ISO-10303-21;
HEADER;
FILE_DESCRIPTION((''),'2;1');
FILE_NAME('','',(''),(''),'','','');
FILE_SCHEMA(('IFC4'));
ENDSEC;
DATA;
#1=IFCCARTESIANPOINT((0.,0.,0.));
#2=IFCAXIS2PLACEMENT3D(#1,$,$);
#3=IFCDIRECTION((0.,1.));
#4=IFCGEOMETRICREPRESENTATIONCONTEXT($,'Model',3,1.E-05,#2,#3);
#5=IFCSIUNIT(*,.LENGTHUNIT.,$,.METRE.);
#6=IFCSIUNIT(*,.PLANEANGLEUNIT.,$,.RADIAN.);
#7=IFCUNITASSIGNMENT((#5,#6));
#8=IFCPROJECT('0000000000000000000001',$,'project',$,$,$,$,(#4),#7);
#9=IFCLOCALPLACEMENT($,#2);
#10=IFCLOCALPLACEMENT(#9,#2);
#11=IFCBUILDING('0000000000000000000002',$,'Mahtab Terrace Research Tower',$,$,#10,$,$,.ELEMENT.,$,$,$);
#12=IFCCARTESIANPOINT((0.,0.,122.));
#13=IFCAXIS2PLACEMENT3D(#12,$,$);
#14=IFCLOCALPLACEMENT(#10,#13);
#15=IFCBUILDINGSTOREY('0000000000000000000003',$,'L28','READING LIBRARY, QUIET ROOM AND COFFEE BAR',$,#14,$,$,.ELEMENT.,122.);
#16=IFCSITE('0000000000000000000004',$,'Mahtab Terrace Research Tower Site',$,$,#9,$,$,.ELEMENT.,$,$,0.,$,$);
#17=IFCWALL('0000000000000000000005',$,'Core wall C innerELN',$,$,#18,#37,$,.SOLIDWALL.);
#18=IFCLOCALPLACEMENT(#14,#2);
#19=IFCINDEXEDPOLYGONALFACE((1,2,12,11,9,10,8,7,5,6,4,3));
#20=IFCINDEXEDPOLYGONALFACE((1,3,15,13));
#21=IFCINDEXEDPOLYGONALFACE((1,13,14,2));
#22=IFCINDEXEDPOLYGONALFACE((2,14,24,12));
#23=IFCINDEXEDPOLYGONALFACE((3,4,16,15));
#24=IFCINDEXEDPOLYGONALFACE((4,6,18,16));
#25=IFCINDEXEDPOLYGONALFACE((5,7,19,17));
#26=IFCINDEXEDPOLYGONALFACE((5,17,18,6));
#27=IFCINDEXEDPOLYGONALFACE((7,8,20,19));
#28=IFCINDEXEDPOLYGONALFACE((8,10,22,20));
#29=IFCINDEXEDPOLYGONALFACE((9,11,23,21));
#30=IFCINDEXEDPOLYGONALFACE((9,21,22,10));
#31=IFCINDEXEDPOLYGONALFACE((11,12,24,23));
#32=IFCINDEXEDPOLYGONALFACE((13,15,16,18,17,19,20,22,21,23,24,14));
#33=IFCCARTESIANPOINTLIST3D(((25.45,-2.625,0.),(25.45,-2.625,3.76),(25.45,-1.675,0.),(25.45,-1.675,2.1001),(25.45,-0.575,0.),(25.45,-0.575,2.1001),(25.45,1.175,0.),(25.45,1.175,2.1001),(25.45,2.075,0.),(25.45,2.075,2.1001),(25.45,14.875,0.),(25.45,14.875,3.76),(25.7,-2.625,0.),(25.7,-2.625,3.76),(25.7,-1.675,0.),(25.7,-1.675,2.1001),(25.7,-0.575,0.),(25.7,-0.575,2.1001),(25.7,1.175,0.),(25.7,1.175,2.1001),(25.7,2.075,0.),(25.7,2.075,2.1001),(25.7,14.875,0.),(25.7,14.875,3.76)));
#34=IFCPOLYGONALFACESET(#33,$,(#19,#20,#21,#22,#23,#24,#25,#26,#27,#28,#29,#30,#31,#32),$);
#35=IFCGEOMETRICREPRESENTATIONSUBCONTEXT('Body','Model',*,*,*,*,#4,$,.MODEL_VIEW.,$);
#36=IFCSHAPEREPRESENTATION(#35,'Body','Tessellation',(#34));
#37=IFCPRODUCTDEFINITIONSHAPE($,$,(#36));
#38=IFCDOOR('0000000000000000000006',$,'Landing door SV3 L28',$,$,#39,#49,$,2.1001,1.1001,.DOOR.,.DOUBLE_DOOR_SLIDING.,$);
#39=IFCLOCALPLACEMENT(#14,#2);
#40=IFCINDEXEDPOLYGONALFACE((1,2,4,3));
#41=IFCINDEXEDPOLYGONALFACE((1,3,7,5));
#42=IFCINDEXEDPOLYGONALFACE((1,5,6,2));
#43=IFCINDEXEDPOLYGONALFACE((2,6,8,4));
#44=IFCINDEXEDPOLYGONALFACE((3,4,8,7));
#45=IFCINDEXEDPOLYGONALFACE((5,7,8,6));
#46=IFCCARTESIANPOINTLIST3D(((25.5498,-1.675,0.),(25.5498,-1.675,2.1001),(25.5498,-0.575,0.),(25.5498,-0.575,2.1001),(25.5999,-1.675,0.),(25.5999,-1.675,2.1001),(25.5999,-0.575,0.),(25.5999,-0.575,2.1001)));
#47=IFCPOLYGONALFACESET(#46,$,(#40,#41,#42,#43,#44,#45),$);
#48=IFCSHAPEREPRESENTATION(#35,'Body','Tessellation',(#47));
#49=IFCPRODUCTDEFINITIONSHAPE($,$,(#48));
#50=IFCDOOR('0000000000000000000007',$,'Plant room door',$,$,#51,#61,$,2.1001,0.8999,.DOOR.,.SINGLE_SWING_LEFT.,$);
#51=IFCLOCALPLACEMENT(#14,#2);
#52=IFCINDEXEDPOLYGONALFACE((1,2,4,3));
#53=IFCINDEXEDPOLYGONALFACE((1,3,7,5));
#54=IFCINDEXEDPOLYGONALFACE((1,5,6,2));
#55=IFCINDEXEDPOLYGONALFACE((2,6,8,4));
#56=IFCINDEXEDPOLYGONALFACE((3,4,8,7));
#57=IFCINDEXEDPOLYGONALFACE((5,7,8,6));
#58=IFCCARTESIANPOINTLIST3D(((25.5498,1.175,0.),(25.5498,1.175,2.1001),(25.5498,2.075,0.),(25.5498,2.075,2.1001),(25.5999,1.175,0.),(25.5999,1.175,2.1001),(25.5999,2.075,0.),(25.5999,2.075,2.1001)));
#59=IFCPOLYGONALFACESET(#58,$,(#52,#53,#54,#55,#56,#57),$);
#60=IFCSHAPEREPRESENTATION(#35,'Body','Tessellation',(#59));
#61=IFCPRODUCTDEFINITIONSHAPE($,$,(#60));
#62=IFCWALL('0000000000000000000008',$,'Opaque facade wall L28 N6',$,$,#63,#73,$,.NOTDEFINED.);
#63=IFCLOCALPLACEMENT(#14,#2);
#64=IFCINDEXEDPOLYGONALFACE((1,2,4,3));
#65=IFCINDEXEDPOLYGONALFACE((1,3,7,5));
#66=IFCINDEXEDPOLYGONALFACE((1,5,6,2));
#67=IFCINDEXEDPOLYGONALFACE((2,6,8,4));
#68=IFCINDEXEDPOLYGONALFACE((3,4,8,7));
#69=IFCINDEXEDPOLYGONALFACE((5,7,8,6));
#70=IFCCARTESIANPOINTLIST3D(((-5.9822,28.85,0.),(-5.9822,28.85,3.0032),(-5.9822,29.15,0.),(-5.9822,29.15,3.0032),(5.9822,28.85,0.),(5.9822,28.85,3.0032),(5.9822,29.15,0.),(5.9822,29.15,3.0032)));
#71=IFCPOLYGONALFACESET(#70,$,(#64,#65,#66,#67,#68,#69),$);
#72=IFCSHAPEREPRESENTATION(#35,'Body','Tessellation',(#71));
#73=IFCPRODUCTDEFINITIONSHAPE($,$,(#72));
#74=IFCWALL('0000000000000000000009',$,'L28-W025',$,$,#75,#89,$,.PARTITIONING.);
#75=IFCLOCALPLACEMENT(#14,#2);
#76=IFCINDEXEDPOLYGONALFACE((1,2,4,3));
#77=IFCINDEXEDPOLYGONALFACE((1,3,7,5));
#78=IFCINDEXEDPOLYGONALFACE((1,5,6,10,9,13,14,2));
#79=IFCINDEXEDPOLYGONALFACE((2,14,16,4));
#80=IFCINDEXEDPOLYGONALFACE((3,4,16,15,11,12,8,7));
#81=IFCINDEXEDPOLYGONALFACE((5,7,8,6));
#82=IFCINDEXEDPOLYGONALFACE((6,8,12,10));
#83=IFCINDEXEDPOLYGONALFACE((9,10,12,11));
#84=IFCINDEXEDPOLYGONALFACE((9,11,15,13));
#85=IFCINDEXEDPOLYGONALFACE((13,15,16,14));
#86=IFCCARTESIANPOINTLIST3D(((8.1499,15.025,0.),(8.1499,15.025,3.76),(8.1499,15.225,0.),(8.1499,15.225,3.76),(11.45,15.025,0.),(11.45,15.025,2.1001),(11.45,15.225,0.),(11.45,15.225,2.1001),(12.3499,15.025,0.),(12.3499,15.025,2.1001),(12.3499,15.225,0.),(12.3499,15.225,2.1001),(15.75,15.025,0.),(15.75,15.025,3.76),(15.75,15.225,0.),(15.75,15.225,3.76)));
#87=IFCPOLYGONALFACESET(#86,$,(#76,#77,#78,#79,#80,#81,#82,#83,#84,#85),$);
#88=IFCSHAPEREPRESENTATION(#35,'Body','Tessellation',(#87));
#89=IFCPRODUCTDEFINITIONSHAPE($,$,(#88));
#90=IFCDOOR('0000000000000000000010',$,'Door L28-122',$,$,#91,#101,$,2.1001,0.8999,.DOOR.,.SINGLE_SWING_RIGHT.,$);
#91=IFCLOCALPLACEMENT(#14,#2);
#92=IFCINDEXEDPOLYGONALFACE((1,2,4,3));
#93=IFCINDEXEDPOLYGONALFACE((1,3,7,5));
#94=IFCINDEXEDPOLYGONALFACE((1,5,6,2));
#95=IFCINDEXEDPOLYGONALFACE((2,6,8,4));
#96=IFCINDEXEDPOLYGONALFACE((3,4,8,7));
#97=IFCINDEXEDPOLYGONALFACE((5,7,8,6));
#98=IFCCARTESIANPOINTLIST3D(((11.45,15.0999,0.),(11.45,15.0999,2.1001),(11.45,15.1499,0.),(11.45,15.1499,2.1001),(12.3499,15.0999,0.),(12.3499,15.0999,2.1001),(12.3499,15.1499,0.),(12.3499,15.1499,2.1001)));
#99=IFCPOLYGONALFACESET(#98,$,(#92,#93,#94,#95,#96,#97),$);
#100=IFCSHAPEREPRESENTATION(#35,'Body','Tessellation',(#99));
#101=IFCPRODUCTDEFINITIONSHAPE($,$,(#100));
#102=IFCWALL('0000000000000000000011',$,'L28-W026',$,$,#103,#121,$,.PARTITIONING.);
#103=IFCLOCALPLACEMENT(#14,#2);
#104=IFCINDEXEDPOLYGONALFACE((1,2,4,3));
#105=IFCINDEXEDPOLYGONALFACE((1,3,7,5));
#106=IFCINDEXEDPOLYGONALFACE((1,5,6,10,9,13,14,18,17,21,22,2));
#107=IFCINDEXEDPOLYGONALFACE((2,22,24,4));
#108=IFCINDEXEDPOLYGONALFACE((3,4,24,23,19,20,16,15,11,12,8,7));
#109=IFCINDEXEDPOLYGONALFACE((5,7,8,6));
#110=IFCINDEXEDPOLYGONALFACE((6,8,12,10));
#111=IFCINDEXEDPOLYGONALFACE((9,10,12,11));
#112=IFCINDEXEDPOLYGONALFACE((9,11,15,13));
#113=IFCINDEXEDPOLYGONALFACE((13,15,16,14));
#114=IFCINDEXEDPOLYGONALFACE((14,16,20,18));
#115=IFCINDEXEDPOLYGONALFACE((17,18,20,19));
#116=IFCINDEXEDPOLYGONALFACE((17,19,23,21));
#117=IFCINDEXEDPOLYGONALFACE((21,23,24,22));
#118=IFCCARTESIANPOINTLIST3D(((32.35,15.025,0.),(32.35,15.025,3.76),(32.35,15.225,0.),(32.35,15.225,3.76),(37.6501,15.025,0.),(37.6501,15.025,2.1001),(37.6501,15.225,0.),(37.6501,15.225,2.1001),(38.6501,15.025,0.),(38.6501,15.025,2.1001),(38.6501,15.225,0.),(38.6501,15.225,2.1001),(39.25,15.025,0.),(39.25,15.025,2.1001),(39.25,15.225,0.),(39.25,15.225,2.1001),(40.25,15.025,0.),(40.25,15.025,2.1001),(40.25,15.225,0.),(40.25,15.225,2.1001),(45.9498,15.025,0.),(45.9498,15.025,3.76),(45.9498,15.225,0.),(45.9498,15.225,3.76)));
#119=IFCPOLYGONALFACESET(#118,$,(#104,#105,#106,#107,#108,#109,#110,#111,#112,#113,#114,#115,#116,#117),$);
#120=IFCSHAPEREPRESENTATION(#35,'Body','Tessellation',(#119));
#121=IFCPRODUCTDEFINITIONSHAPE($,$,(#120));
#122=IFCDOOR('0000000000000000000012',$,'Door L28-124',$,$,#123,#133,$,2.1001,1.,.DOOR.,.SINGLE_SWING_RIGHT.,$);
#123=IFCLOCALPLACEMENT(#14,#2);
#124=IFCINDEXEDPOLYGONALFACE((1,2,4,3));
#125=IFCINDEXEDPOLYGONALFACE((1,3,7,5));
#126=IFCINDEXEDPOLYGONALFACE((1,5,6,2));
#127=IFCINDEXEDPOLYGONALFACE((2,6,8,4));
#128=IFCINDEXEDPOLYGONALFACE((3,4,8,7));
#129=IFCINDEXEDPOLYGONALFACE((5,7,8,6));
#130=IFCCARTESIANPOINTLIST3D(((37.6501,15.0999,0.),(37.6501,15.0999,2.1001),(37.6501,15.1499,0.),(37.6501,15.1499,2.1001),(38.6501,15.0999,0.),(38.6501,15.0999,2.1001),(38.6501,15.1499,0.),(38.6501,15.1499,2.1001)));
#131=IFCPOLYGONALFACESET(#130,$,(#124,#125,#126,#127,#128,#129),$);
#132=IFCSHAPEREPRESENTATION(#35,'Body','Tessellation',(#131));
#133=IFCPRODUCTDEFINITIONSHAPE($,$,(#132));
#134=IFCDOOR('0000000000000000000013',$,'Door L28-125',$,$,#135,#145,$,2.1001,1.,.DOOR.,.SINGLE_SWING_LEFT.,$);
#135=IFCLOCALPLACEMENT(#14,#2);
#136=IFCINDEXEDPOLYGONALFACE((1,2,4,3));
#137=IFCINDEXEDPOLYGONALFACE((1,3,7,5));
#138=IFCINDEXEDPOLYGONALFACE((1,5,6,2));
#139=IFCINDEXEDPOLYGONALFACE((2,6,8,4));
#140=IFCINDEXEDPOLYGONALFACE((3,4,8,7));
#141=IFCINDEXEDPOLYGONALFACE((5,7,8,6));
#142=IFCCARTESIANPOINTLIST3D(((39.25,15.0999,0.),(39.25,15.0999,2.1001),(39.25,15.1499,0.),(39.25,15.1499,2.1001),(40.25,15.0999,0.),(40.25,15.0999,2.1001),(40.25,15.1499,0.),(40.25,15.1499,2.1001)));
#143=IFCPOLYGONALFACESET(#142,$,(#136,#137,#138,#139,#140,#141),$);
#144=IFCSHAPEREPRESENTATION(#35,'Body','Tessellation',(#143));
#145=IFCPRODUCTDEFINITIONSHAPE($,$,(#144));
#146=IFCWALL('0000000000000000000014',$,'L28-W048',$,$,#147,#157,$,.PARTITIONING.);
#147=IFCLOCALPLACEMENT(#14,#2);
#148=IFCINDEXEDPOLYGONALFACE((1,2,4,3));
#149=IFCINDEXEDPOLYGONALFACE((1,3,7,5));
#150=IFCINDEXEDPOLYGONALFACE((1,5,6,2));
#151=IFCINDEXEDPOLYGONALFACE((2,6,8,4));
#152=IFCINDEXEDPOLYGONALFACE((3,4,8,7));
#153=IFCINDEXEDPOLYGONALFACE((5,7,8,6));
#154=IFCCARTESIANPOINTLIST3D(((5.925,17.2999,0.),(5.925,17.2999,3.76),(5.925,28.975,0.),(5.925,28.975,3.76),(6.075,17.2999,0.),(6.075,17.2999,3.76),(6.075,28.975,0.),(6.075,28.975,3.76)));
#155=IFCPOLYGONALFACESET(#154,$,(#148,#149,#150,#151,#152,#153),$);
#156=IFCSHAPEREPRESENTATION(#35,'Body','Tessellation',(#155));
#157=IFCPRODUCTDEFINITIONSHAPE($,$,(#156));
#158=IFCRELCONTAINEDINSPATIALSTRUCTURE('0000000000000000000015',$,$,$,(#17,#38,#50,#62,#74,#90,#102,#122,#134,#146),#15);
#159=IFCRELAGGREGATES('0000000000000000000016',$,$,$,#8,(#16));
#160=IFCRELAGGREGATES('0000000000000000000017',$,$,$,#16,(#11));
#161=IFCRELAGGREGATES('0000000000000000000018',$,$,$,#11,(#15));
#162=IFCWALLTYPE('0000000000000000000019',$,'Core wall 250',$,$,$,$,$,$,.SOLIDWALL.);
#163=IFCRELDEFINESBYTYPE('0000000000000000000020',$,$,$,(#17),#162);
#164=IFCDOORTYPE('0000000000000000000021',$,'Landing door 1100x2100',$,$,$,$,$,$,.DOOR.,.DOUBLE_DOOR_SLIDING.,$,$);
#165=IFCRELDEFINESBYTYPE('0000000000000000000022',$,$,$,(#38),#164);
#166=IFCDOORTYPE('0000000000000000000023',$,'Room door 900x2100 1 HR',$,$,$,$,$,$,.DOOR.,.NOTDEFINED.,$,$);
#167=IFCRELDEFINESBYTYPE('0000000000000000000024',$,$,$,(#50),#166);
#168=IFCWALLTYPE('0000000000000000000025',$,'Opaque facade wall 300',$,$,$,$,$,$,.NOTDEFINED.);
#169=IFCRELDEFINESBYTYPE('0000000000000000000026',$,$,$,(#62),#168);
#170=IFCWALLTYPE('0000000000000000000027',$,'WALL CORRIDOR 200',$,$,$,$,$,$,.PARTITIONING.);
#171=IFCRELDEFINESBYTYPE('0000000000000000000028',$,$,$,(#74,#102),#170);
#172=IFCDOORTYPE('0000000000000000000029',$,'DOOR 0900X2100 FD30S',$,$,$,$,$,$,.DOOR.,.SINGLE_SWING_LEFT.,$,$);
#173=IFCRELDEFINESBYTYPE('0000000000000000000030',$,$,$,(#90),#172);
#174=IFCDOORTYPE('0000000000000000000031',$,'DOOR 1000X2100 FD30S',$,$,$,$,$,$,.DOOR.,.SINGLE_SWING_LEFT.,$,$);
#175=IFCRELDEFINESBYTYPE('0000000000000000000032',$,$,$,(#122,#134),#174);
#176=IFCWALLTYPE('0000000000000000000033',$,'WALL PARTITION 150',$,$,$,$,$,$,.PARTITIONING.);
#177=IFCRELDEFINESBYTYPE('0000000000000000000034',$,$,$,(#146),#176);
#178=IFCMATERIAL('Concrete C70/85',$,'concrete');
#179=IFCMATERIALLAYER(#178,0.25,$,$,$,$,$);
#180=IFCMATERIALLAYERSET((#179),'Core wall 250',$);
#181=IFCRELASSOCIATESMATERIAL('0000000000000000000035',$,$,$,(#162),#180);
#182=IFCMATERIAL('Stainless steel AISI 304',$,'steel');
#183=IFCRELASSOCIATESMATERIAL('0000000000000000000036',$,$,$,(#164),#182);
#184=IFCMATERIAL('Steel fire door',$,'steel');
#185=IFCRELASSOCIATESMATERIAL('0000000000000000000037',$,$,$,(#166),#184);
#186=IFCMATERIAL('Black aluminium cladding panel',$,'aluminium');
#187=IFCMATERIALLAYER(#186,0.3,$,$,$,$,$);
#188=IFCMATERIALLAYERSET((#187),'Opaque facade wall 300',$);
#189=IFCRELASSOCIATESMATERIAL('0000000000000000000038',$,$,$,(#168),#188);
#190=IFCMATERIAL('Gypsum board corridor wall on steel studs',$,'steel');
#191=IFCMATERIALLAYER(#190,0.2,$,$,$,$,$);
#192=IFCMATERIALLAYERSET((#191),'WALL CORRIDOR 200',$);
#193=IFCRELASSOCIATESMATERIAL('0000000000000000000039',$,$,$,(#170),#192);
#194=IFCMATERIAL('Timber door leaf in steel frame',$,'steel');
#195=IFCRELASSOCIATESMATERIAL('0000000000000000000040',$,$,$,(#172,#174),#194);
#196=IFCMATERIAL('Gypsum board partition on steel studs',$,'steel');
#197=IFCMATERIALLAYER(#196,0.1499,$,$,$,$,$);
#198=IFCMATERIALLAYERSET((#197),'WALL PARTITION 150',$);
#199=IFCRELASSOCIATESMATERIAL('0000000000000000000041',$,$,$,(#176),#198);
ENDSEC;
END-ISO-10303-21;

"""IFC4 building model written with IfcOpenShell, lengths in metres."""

from ifc_helpers import new_model, si_unit, direction, frame, frame_2d, origin, place, context, subcontext, project, spatial, rectangle, extrude, material, layer, layer_set, type_object, element, fill, save


model = new_model("IFC4")

# Units and contexts
model_context = context("Model", 3, precision=1e-05, world=origin(), true_north=direction((0.0, 1.0)))
body_context = subcontext(model_context, "Body", "Model", "MODEL_VIEW")
ifc_project = project(units=[si_unit("LENGTHUNIT", "METRE"), si_unit("PLANEANGLEUNIT", "RADIAN")], contexts=[model_context])

# Site, building, storey
site_placement = place(None, origin())
site = spatial("IfcSite", under=ifc_project, at=site_placement, Name="Mahtab Terrace Research Tower Site", CompositionType="ELEMENT", RefElevation=0.0)
building_placement = place(site_placement, origin())
building = spatial("IfcBuilding", under=site, at=building_placement, Name="Mahtab Terrace Research Tower", CompositionType="ELEMENT")
storey_placement = place(building_placement, frame((0.0, 0.0, 122.0)))
storey = spatial("IfcBuildingStorey", under=building, at=storey_placement, Name="L28", Description="READING LIBRARY, QUIET ROOM AND COFFEE BAR", CompositionType="ELEMENT", Elevation=122.0)

# Shared definitions
ifc_material_1 = material(Name="Concrete C70/85", Category="concrete")
ifc_layer_1 = layer(ifc_material_1, 0.25)
ifc_layer_set_1 = layer_set([ifc_layer_1], Name="Core wall 250")
wall_type_1 = type_object("IfcWallType", Name="Core wall 250", PredefinedType="SOLIDWALL", material=ifc_layer_set_1)

# Shared definitions
ifc_material_2 = material(Name="Steel fire door", Category="steel")

# Wall, openings, doors
wall_1_placement = place(storey_placement, frame((25.575, 14.875, 0.0), z_axis=(0.0, 0.0, 1.0), x_axis=(0.0, -1.0, 0.0)))
wall_1 = element("IfcWall", 1, at=wall_1_placement, inside=storey, type_object=wall_type_1, Name="Core wall C innerELN", PredefinedType="SOLIDWALL", context=body_context, shape_type="SweptSolid", body=[
    extrude(rectangle(XDim=17.5, YDim=0.25, at=frame_2d((8.75, 0.0))), origin(), (0.0, 0.0, 1.0), 3.76),
])
opening_1_placement = place(wall_1_placement, frame((15.45, 0.0, 0.0)))
opening_1 = element("IfcOpeningElement", 2, at=opening_1_placement, cuts=wall_1, PredefinedType="OPENING", context=body_context, shape_type="SweptSolid", body=[
    extrude(rectangle(XDim=1.1001, YDim=2.1001, at=frame_2d((0.55, 1.05))), frame((0.0, 0.135, 0.0), z_axis=(0.0, -1.0, 0.0), x_axis=(1.0, 0.0, 0.0)), (0.0, 0.0, 1.0), 0.27),
])
opening_2_placement = place(wall_1_placement, frame((12.8, 0.0, 0.0)))
opening_2 = element("IfcOpeningElement", 3, at=opening_2_placement, cuts=wall_1, PredefinedType="OPENING", context=body_context, shape_type="SweptSolid", body=[
    extrude(rectangle(XDim=0.8999, YDim=2.1001, at=frame_2d((0.45, 1.05))), frame((0.0, 0.135, 0.0), z_axis=(0.0, -1.0, 0.0), x_axis=(1.0, 0.0, 0.0)), (0.0, 0.0, 1.0), 0.27),
])
ifc_material_3 = material(Name="Stainless steel AISI 304", Category="steel")
door_type_1 = type_object("IfcDoorType", Name="Landing door 1100x2100", OperationType="DOUBLE_DOOR_SLIDING", PredefinedType="DOOR", material=ifc_material_3)
door_1_placement = place(opening_1_placement, origin())
door_1 = element("IfcDoor", 4, at=door_1_placement, inside=storey, type_object=door_type_1, Name="Landing door SV3 L28", OperationType="DOUBLE_DOOR_SLIDING", OverallHeight=2.1001, OverallWidth=1.1001, PredefinedType="DOOR", context=body_context, shape_type="SweptSolid", body=[
    extrude(rectangle(XDim=1.1001, YDim=2.1001, at=frame_2d((0.55, 1.05))), frame((0.0, 0.0249, 0.0), z_axis=(0.0, -1.0, 0.0), x_axis=(1.0, 0.0, 0.0)), (0.0, 0.0, 1.0), 0.05),
])
fill(opening_1, door_1)
door_type_2 = type_object("IfcDoorType", Name="Room door 900x2100 1 HR", OperationType="NOTDEFINED", PredefinedType="DOOR", material=ifc_material_2)
door_2_placement = place(opening_2_placement, origin())
door_2 = element("IfcDoor", 5, at=door_2_placement, inside=storey, type_object=door_type_2, Name="Plant room door", OperationType="SINGLE_SWING_LEFT", OverallHeight=2.1001, OverallWidth=0.8999, PredefinedType="DOOR", context=body_context, shape_type="SweptSolid", body=[
    extrude(rectangle(XDim=0.8999, YDim=2.1001, at=frame_2d((0.45, 1.05))), frame((0.0, 0.0249, 0.0), z_axis=(0.0, -1.0, 0.0), x_axis=(1.0, 0.0, 0.0)), (0.0, 0.0, 1.0), 0.05),
])
fill(opening_2, door_2)

# Wall
ifc_material_4 = material(Name="Black aluminium cladding panel", Category="aluminium")
ifc_layer_2 = layer(ifc_material_4, 0.3)
ifc_layer_set_2 = layer_set([ifc_layer_2], Name="Opaque facade wall 300")
wall_type_2 = type_object("IfcWallType", Name="Opaque facade wall 300", PredefinedType="NOTDEFINED", material=ifc_layer_set_2)
wall_2_placement = place(storey_placement, frame((5.9822, 29.0, 0.0), z_axis=(0.0, 0.0, 1.0), x_axis=(-1.0, 0.0, 0.0)))
element("IfcWall", 6, at=wall_2_placement, inside=storey, type_object=wall_type_2, Name="Opaque facade wall L28 N6", PredefinedType="NOTDEFINED", context=body_context, shape_type="SweptSolid", body=[
    extrude(rectangle(XDim=11.9644, YDim=0.3, at=frame_2d((5.9822, 0.0))), origin(), (0.0, 0.0, 1.0), 3.0032),
])

# Wall, opening, door
ifc_material_5 = material(Name="Gypsum board corridor wall on steel studs", Category="steel")
ifc_layer_3 = layer(ifc_material_5, 0.2)
ifc_layer_set_3 = layer_set([ifc_layer_3], Name="WALL CORRIDOR 200")
wall_type_3 = type_object("IfcWallType", Name="WALL CORRIDOR 200", PredefinedType="PARTITIONING", material=ifc_layer_set_3)
wall_3_placement = place(storey_placement, frame((8.1499, 15.125, 0.0), z_axis=(0.0, 0.0, 1.0), x_axis=(1.0, 0.0, 0.0)))
wall_3 = element("IfcWall", 7, at=wall_3_placement, inside=storey, type_object=wall_type_3, Name="L28-W025", PredefinedType="PARTITIONING", context=body_context, shape_type="SweptSolid", body=[
    extrude(rectangle(XDim=7.6001, YDim=0.2, at=frame_2d((3.8, 0.0))), origin(), (0.0, 0.0, 1.0), 3.76),
])
opening_3_placement = place(wall_3_placement, frame((3.3, 0.0, 0.0)))
opening_3 = element("IfcOpeningElement", 8, at=opening_3_placement, cuts=wall_3, PredefinedType="OPENING", context=body_context, shape_type="SweptSolid", body=[
    extrude(rectangle(XDim=0.8999, YDim=2.1001, at=frame_2d((0.45, 1.05))), frame((0.0, 0.1099, 0.0), z_axis=(0.0, -1.0, 0.0), x_axis=(1.0, 0.0, 0.0)), (0.0, 0.0, 1.0), 0.22),
])
ifc_material_6 = material(Name="Timber door leaf in steel frame", Category="steel")
door_type_3 = type_object("IfcDoorType", Name="DOOR 0900X2100 FD30S", OperationType="SINGLE_SWING_LEFT", PredefinedType="DOOR", material=ifc_material_6)
door_3_placement = place(opening_3_placement, origin())
door_3 = element("IfcDoor", 9, at=door_3_placement, inside=storey, type_object=door_type_3, Name="Door L28-122", OperationType="SINGLE_SWING_RIGHT", OverallHeight=2.1001, OverallWidth=0.8999, PredefinedType="DOOR", context=body_context, shape_type="SweptSolid", body=[
    extrude(rectangle(XDim=0.8999, YDim=2.1001, at=frame_2d((0.45, 1.05))), frame((0.0, 0.0249, 0.0), z_axis=(0.0, -1.0, 0.0), x_axis=(1.0, 0.0, 0.0)), (0.0, 0.0, 1.0), 0.05),
])
fill(opening_3, door_3)

# Wall, openings, doors
wall_4_placement = place(storey_placement, frame((32.3501, 15.125, 0.0), z_axis=(0.0, 0.0, 1.0), x_axis=(1.0, 0.0, 0.0)))
wall_4 = element("IfcWall", 10, at=wall_4_placement, inside=storey, type_object=wall_type_3, Name="L28-W026", PredefinedType="PARTITIONING", context=body_context, shape_type="SweptSolid", body=[
    extrude(rectangle(XDim=13.5999, YDim=0.2, at=frame_2d((6.7998, 0.0))), origin(), (0.0, 0.0, 1.0), 3.76),
])
opening_4_placement = place(wall_4_placement, frame((5.3, 0.0, 0.0)))
opening_4 = element("IfcOpeningElement", 11, at=opening_4_placement, cuts=wall_4, PredefinedType="OPENING", context=body_context, shape_type="SweptSolid", body=[
    extrude(rectangle(XDim=1.0, YDim=2.1001, at=frame_2d((0.5, 1.05))), frame((0.0, 0.1099, 0.0), z_axis=(0.0, -1.0, 0.0), x_axis=(1.0, 0.0, 0.0)), (0.0, 0.0, 1.0), 0.22),
])
opening_5_placement = place(wall_4_placement, frame((6.8999, 0.0, 0.0)))
opening_5 = element("IfcOpeningElement", 12, at=opening_5_placement, cuts=wall_4, PredefinedType="OPENING", context=body_context, shape_type="SweptSolid", body=[
    extrude(rectangle(XDim=1.0, YDim=2.1001, at=frame_2d((0.5, 1.05))), frame((0.0, 0.1099, 0.0), z_axis=(0.0, -1.0, 0.0), x_axis=(1.0, 0.0, 0.0)), (0.0, 0.0, 1.0), 0.22),
])
door_type_4 = type_object("IfcDoorType", Name="DOOR 1000X2100 FD30S", OperationType="SINGLE_SWING_LEFT", PredefinedType="DOOR", material=ifc_material_6)
door_4_placement = place(opening_4_placement, origin())
door_4 = element("IfcDoor", 13, at=door_4_placement, inside=storey, type_object=door_type_4, Name="Door L28-124", OperationType="SINGLE_SWING_RIGHT", OverallHeight=2.1001, OverallWidth=1.0, PredefinedType="DOOR", context=body_context, shape_type="SweptSolid", body=[
    extrude(rectangle(XDim=1.0, YDim=2.1001, at=frame_2d((0.5, 1.05))), frame((0.0, 0.0249, 0.0), z_axis=(0.0, -1.0, 0.0), x_axis=(1.0, 0.0, 0.0)), (0.0, 0.0, 1.0), 0.05),
])
fill(opening_4, door_4)
door_5_placement = place(opening_5_placement, origin())
door_5 = element("IfcDoor", 14, at=door_5_placement, inside=storey, type_object=door_type_4, Name="Door L28-125", OperationType="SINGLE_SWING_LEFT", OverallHeight=2.1001, OverallWidth=1.0, PredefinedType="DOOR", context=body_context, shape_type="SweptSolid", body=[
    extrude(rectangle(XDim=1.0, YDim=2.1001, at=frame_2d((0.5, 1.05))), frame((0.0, 0.0249, 0.0), z_axis=(0.0, -1.0, 0.0), x_axis=(1.0, 0.0, 0.0)), (0.0, 0.0, 1.0), 0.05),
])
fill(opening_5, door_5)

# Wall
ifc_material_7 = material(Name="Gypsum board partition on steel studs", Category="steel")
ifc_layer_4 = layer(ifc_material_7, 0.1499)
ifc_layer_set_4 = layer_set([ifc_layer_4], Name="WALL PARTITION 150")
wall_type_4 = type_object("IfcWallType", Name="WALL PARTITION 150", PredefinedType="PARTITIONING", material=ifc_layer_set_4)
for number, where, z_axis, x_axis, name in (
    (15, (6.0, 17.3, 0.0), (0.0, 0.0, 1.0), (0.0, 1.0, 0.0), "L28-W048"),
):
    element("IfcWall", number, at=place(storey_placement, frame(where, z_axis=z_axis, x_axis=x_axis)), inside=storey, type_object=wall_type_4, Name=name, PredefinedType="PARTITIONING", context=body_context, shape_type="SweptSolid", body=[
        extrude(rectangle(XDim=11.675, YDim=0.1499, at=frame_2d((5.8374, 0.0))), origin(), (0.0, 0.0, 1.0), 3.76),
    ])

save(model, "model.ifc")
